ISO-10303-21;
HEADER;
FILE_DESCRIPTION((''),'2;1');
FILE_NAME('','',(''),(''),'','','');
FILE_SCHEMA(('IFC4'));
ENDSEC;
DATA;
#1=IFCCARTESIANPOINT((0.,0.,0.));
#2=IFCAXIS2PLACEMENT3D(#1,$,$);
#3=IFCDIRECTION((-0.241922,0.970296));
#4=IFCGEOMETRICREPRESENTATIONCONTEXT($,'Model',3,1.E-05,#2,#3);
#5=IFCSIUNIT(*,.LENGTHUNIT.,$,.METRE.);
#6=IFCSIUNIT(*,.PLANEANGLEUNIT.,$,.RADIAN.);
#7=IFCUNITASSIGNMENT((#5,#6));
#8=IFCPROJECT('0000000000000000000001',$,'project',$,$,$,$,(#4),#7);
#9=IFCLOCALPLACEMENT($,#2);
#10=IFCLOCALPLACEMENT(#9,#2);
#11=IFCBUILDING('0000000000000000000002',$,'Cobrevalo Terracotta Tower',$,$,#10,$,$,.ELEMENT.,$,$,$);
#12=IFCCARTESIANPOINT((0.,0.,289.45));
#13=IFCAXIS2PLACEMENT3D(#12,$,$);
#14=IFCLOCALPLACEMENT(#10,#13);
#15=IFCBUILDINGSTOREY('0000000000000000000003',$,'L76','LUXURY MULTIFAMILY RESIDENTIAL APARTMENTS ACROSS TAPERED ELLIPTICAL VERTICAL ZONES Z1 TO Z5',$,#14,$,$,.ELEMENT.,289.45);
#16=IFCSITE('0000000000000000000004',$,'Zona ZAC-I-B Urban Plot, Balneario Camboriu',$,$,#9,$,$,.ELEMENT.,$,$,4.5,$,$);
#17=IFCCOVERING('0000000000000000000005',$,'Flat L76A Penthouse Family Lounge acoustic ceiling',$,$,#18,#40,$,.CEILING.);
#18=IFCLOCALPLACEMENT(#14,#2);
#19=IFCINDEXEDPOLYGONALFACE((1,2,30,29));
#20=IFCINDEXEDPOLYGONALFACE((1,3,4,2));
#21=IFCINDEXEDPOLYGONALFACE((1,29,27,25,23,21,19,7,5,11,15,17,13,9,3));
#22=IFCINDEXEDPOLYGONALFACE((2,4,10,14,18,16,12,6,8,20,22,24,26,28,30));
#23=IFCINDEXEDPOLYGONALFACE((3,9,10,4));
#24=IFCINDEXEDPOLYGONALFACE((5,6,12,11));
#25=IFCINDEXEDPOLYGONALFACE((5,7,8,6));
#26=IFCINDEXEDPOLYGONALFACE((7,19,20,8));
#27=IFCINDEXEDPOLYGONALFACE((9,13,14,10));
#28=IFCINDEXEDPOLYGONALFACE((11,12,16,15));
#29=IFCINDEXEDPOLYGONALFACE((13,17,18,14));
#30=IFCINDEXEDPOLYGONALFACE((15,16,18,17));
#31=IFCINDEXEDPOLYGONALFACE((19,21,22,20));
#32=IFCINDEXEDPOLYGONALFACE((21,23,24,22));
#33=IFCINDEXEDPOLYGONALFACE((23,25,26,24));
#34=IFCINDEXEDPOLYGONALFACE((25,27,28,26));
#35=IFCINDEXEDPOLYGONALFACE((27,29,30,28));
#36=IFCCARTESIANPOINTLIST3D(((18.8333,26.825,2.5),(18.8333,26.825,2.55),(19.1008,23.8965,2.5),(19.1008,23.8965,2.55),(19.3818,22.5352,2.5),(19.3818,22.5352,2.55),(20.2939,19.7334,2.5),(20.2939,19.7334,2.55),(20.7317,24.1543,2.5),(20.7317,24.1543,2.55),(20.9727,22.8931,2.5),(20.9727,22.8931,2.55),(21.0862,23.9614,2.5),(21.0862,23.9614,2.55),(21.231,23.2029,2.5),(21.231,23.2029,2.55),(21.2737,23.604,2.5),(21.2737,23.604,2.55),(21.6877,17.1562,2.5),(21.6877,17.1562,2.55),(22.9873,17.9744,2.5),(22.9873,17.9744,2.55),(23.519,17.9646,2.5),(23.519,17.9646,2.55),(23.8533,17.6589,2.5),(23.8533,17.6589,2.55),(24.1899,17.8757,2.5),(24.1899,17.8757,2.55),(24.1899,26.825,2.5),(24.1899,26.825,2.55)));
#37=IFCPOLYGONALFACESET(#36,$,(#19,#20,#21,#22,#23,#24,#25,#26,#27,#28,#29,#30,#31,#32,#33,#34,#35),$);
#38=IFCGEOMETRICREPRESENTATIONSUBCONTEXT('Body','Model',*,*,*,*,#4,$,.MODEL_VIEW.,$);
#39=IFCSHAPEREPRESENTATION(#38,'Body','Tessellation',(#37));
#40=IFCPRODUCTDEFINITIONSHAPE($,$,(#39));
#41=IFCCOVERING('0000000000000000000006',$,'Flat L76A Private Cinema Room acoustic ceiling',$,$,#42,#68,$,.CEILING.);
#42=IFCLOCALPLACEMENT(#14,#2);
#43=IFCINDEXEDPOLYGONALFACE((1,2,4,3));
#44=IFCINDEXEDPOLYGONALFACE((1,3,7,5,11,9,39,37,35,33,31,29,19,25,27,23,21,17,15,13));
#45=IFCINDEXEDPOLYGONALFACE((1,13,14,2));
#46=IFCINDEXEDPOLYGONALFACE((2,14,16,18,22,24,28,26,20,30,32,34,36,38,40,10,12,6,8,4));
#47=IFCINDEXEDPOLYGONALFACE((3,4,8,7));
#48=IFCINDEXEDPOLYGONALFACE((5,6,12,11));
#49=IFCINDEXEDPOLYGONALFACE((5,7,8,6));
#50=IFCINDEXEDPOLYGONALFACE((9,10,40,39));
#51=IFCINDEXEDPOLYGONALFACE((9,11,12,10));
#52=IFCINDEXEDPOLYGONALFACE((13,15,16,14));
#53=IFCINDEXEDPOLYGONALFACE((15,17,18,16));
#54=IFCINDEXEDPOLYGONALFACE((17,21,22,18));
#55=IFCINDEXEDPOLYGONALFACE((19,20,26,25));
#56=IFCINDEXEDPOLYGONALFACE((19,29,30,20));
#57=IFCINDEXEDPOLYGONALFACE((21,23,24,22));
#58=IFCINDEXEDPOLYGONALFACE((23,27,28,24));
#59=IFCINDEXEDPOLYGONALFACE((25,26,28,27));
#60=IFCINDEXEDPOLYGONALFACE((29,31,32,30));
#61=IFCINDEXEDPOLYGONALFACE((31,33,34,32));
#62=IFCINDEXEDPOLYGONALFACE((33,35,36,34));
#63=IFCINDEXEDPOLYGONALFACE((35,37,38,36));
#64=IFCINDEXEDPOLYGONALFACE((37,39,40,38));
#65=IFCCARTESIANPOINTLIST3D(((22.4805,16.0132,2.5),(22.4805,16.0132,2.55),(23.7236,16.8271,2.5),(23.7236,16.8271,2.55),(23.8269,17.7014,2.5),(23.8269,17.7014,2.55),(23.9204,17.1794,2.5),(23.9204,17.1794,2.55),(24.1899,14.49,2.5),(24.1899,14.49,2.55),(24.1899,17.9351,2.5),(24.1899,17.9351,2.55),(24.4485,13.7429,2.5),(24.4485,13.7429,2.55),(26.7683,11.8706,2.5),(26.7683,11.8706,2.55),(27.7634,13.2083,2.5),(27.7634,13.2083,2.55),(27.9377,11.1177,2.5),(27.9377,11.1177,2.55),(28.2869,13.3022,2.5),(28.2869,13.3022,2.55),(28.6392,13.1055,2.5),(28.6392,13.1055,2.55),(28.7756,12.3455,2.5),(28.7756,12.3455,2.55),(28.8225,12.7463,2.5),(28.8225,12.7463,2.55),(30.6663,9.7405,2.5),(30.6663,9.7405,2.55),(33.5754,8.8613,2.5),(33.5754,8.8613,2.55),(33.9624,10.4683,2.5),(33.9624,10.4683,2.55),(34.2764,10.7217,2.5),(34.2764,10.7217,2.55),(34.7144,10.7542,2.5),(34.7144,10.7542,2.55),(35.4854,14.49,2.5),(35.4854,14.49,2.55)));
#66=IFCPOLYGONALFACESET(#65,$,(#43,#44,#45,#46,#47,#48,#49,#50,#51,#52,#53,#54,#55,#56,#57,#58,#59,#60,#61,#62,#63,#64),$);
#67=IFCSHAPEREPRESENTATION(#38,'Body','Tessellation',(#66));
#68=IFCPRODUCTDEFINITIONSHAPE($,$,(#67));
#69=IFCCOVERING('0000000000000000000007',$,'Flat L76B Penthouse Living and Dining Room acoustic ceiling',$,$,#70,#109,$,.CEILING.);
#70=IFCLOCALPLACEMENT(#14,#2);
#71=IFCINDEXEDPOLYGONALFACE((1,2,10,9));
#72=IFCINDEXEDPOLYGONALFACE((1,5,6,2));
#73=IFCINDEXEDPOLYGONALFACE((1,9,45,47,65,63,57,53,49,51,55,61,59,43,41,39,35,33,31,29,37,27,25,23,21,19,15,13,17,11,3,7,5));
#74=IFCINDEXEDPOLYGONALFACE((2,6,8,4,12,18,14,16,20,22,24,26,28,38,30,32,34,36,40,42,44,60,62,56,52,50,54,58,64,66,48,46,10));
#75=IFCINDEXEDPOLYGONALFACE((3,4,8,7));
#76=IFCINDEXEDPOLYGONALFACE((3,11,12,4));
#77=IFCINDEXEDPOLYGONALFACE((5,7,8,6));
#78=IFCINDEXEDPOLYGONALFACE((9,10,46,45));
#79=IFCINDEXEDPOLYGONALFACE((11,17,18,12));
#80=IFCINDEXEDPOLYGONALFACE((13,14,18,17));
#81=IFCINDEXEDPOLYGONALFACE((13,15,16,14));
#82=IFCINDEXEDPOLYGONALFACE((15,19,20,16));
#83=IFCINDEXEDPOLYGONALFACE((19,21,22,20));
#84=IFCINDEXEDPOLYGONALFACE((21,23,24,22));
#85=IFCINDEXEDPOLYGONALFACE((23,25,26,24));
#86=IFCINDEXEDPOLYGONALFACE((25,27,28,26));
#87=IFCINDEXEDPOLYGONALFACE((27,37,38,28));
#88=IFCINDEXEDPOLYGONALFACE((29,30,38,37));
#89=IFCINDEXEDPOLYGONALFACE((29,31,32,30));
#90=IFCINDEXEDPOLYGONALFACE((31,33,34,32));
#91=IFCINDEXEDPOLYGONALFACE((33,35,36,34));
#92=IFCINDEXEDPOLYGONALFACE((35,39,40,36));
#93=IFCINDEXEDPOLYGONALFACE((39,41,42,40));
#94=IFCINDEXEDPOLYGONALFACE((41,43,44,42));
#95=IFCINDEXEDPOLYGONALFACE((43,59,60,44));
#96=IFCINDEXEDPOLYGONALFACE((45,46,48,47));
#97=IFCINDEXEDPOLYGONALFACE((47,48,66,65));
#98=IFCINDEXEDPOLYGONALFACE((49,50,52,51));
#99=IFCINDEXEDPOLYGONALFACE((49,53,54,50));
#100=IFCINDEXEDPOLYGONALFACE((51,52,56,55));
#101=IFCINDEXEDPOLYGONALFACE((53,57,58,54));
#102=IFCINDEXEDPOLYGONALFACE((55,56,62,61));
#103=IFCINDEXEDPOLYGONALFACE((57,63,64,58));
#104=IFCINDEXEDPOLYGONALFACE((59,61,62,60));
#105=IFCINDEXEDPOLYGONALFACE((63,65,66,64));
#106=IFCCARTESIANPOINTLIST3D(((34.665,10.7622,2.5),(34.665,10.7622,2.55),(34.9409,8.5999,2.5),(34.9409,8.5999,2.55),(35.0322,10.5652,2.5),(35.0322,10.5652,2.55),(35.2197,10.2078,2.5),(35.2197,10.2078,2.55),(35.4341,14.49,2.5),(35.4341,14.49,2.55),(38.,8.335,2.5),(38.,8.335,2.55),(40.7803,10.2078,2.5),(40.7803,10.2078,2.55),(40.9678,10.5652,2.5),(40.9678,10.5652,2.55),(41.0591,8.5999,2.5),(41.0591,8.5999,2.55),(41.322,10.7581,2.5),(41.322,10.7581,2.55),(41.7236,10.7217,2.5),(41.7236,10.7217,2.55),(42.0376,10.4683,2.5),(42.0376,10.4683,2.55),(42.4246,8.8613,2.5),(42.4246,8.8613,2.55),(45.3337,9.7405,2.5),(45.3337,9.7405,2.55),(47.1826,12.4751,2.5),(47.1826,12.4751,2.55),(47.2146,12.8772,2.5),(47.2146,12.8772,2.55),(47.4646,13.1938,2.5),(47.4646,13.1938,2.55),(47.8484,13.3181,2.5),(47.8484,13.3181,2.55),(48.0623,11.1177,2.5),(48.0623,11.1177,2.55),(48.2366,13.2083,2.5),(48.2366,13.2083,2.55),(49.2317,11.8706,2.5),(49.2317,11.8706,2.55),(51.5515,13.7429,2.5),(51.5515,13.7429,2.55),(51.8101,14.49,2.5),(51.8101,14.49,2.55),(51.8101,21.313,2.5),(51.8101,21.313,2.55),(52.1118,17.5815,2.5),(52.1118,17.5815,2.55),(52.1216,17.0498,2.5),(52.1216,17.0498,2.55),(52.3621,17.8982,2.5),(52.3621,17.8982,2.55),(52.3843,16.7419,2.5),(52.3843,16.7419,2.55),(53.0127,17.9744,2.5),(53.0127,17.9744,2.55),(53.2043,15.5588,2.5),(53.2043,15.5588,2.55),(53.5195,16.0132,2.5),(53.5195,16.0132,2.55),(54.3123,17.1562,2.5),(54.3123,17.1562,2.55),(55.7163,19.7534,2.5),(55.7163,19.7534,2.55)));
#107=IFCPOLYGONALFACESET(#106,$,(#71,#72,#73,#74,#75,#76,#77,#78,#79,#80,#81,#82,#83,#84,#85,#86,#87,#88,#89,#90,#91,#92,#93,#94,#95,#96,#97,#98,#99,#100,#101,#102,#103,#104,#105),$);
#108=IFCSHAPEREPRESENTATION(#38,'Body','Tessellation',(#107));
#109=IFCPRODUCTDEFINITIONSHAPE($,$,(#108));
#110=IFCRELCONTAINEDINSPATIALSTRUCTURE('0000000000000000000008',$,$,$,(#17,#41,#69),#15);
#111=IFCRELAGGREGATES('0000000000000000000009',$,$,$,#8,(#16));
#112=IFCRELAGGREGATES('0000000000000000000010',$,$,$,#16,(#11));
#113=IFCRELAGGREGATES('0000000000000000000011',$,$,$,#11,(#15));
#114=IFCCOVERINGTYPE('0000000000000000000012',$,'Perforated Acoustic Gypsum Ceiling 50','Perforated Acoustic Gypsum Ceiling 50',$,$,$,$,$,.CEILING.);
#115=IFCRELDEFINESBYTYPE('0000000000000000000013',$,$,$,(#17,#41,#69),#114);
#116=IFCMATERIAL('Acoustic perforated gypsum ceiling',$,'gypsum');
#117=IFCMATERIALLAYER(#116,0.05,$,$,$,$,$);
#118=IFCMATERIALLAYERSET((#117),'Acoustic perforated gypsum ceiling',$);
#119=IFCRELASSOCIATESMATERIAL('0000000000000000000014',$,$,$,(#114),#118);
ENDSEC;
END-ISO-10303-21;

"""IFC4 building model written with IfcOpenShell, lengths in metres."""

from ifc_helpers import new_model, si_unit, direction, frame, origin, place, context, subcontext, project, spatial, polyline, outline, extrude, material, layer, layer_set, type_object, element, save


model = new_model("IFC4")

# Units and contexts
model_context = context("Model", 3, precision=1e-05, world=origin(), true_north=direction((-0.241922, 0.970296)))
body_context = subcontext(model_context, "Body", "Model", "MODEL_VIEW")
ifc_project = project(units=[si_unit("LENGTHUNIT", "METRE"), si_unit("PLANEANGLEUNIT", "RADIAN")], contexts=[model_context])

# Site, building, storey
site_placement = place(None, origin())
site = spatial("IfcSite", under=ifc_project, at=site_placement, Name="Zona ZAC-I-B Urban Plot, Balneario Camboriu", CompositionType="ELEMENT", RefElevation=4.5)
building_placement = place(site_placement, origin())
building = spatial("IfcBuilding", under=site, at=building_placement, Name="Cobrevalo Terracotta Tower", CompositionType="ELEMENT")
storey_placement = place(building_placement, frame((0.0, 0.0, 289.45)))
storey = spatial("IfcBuildingStorey", under=building, at=storey_placement, Name="L76", Description="LUXURY MULTIFAMILY RESIDENTIAL APARTMENTS ACROSS TAPERED ELLIPTICAL VERTICAL ZONES Z1 TO Z5", CompositionType="ELEMENT", Elevation=289.45)

# Coverings
ifc_material_1 = material(Name="Acoustic perforated gypsum ceiling", Category="gypsum")
ifc_layer_1 = layer(ifc_material_1, 0.05)
ifc_layer_set_1 = layer_set([ifc_layer_1], Name="Acoustic perforated gypsum ceiling")
covering_type_1 = type_object("IfcCoveringType", Name="Perforated Acoustic Gypsum Ceiling 50", Description="Perforated Acoustic Gypsum Ceiling 50", PredefinedType="CEILING", material=ifc_layer_set_1)
covering_1_placement = place(storey_placement, frame((0.0, 0.0, 2.5)))
element("IfcCovering", 1, at=covering_1_placement, inside=storey, type_object=covering_type_1, Name="Flat L76A Penthouse Family Lounge acoustic ceiling", PredefinedType="CEILING", context=body_context, shape_type="SweptSolid", body=[
    extrude(outline(polyline([(20.2939, 19.7334), (19.3818, 22.5352), (20.9727, 22.8931), (21.231, 23.2029), (21.2737, 23.604), (21.0862, 23.9614), (20.7317, 24.1543), (19.1008, 23.8965), (18.8333, 26.825), (24.1899, 26.825), (24.1899, 17.8757), (23.8533, 17.6589), (23.519, 17.9646), (22.9873, 17.9744), (21.6877, 17.1562), (20.2939, 19.7334)])), origin(), (0.0, 0.0, 1.0), 0.05),
])
covering_2_placement = place(storey_placement, frame((0.0, 0.0, 2.5)))
element("IfcCovering", 2, at=covering_2_placement, inside=storey, type_object=covering_type_1, Name="Flat L76A Private Cinema Room acoustic ceiling", PredefinedType="CEILING", context=body_context, shape_type="SweptSolid", body=[
    extrude(outline(polyline([(27.9377, 11.1177), (28.7756, 12.3455), (28.8225, 12.7463), (28.6392, 13.1055), (28.2869, 13.3022), (27.7634, 13.2083), (26.7683, 11.8706), (24.4485, 13.7429), (22.4805, 16.0132), (23.7236, 16.8271), (23.9204, 17.1794), (23.8269, 17.7014), (24.1899, 17.9351), (24.1899, 14.49), (35.4854, 14.49), (34.7144, 10.7542), (34.2764, 10.7217), (33.9624, 10.4683), (33.5754, 8.8613), (30.6663, 9.7405), (27.9377, 11.1177)])), origin(), (0.0, 0.0, 1.0), 0.05),
])
covering_3_placement = place(storey_placement, frame((0.0, 0.0, 2.5)))
element("IfcCovering", 3, at=covering_3_placement, inside=storey, type_object=covering_type_1, Name="Flat L76B Penthouse Living and Dining Room acoustic ceiling", PredefinedType="CEILING", context=body_context, shape_type="SweptSolid", body=[
    extrude(outline(polyline([(54.3123, 17.1562), (53.0127, 17.9744), (52.3621, 17.8982), (52.1118, 17.5815), (52.1216, 17.0498), (52.3843, 16.7419), (53.5195, 16.0132), (53.2043, 15.5588), (51.5515, 13.7429), (49.2317, 11.8706), (48.2366, 13.2083), (47.8484, 13.3181), (47.4646, 13.1938), (47.2146, 12.8772), (47.1826, 12.4751), (48.0623, 11.1177), (45.3337, 9.7405), (42.4246, 8.8613), (42.0376, 10.4683), (41.7236, 10.7217), (41.322, 10.7581), (40.9678, 10.5652), (40.7803, 10.2078), (41.0591, 8.5999), (38.0, 8.335), (34.9409, 8.5999), (35.2197, 10.2078), (35.0322, 10.5652), (34.665, 10.7622), (35.4341, 14.49), (51.8101, 14.49), (51.8101, 21.313), (55.7163, 19.7534), (54.3123, 17.1562)])), origin(), (0.0, 0.0, 1.0), 0.05),
])

save(model, "model.ifc")
